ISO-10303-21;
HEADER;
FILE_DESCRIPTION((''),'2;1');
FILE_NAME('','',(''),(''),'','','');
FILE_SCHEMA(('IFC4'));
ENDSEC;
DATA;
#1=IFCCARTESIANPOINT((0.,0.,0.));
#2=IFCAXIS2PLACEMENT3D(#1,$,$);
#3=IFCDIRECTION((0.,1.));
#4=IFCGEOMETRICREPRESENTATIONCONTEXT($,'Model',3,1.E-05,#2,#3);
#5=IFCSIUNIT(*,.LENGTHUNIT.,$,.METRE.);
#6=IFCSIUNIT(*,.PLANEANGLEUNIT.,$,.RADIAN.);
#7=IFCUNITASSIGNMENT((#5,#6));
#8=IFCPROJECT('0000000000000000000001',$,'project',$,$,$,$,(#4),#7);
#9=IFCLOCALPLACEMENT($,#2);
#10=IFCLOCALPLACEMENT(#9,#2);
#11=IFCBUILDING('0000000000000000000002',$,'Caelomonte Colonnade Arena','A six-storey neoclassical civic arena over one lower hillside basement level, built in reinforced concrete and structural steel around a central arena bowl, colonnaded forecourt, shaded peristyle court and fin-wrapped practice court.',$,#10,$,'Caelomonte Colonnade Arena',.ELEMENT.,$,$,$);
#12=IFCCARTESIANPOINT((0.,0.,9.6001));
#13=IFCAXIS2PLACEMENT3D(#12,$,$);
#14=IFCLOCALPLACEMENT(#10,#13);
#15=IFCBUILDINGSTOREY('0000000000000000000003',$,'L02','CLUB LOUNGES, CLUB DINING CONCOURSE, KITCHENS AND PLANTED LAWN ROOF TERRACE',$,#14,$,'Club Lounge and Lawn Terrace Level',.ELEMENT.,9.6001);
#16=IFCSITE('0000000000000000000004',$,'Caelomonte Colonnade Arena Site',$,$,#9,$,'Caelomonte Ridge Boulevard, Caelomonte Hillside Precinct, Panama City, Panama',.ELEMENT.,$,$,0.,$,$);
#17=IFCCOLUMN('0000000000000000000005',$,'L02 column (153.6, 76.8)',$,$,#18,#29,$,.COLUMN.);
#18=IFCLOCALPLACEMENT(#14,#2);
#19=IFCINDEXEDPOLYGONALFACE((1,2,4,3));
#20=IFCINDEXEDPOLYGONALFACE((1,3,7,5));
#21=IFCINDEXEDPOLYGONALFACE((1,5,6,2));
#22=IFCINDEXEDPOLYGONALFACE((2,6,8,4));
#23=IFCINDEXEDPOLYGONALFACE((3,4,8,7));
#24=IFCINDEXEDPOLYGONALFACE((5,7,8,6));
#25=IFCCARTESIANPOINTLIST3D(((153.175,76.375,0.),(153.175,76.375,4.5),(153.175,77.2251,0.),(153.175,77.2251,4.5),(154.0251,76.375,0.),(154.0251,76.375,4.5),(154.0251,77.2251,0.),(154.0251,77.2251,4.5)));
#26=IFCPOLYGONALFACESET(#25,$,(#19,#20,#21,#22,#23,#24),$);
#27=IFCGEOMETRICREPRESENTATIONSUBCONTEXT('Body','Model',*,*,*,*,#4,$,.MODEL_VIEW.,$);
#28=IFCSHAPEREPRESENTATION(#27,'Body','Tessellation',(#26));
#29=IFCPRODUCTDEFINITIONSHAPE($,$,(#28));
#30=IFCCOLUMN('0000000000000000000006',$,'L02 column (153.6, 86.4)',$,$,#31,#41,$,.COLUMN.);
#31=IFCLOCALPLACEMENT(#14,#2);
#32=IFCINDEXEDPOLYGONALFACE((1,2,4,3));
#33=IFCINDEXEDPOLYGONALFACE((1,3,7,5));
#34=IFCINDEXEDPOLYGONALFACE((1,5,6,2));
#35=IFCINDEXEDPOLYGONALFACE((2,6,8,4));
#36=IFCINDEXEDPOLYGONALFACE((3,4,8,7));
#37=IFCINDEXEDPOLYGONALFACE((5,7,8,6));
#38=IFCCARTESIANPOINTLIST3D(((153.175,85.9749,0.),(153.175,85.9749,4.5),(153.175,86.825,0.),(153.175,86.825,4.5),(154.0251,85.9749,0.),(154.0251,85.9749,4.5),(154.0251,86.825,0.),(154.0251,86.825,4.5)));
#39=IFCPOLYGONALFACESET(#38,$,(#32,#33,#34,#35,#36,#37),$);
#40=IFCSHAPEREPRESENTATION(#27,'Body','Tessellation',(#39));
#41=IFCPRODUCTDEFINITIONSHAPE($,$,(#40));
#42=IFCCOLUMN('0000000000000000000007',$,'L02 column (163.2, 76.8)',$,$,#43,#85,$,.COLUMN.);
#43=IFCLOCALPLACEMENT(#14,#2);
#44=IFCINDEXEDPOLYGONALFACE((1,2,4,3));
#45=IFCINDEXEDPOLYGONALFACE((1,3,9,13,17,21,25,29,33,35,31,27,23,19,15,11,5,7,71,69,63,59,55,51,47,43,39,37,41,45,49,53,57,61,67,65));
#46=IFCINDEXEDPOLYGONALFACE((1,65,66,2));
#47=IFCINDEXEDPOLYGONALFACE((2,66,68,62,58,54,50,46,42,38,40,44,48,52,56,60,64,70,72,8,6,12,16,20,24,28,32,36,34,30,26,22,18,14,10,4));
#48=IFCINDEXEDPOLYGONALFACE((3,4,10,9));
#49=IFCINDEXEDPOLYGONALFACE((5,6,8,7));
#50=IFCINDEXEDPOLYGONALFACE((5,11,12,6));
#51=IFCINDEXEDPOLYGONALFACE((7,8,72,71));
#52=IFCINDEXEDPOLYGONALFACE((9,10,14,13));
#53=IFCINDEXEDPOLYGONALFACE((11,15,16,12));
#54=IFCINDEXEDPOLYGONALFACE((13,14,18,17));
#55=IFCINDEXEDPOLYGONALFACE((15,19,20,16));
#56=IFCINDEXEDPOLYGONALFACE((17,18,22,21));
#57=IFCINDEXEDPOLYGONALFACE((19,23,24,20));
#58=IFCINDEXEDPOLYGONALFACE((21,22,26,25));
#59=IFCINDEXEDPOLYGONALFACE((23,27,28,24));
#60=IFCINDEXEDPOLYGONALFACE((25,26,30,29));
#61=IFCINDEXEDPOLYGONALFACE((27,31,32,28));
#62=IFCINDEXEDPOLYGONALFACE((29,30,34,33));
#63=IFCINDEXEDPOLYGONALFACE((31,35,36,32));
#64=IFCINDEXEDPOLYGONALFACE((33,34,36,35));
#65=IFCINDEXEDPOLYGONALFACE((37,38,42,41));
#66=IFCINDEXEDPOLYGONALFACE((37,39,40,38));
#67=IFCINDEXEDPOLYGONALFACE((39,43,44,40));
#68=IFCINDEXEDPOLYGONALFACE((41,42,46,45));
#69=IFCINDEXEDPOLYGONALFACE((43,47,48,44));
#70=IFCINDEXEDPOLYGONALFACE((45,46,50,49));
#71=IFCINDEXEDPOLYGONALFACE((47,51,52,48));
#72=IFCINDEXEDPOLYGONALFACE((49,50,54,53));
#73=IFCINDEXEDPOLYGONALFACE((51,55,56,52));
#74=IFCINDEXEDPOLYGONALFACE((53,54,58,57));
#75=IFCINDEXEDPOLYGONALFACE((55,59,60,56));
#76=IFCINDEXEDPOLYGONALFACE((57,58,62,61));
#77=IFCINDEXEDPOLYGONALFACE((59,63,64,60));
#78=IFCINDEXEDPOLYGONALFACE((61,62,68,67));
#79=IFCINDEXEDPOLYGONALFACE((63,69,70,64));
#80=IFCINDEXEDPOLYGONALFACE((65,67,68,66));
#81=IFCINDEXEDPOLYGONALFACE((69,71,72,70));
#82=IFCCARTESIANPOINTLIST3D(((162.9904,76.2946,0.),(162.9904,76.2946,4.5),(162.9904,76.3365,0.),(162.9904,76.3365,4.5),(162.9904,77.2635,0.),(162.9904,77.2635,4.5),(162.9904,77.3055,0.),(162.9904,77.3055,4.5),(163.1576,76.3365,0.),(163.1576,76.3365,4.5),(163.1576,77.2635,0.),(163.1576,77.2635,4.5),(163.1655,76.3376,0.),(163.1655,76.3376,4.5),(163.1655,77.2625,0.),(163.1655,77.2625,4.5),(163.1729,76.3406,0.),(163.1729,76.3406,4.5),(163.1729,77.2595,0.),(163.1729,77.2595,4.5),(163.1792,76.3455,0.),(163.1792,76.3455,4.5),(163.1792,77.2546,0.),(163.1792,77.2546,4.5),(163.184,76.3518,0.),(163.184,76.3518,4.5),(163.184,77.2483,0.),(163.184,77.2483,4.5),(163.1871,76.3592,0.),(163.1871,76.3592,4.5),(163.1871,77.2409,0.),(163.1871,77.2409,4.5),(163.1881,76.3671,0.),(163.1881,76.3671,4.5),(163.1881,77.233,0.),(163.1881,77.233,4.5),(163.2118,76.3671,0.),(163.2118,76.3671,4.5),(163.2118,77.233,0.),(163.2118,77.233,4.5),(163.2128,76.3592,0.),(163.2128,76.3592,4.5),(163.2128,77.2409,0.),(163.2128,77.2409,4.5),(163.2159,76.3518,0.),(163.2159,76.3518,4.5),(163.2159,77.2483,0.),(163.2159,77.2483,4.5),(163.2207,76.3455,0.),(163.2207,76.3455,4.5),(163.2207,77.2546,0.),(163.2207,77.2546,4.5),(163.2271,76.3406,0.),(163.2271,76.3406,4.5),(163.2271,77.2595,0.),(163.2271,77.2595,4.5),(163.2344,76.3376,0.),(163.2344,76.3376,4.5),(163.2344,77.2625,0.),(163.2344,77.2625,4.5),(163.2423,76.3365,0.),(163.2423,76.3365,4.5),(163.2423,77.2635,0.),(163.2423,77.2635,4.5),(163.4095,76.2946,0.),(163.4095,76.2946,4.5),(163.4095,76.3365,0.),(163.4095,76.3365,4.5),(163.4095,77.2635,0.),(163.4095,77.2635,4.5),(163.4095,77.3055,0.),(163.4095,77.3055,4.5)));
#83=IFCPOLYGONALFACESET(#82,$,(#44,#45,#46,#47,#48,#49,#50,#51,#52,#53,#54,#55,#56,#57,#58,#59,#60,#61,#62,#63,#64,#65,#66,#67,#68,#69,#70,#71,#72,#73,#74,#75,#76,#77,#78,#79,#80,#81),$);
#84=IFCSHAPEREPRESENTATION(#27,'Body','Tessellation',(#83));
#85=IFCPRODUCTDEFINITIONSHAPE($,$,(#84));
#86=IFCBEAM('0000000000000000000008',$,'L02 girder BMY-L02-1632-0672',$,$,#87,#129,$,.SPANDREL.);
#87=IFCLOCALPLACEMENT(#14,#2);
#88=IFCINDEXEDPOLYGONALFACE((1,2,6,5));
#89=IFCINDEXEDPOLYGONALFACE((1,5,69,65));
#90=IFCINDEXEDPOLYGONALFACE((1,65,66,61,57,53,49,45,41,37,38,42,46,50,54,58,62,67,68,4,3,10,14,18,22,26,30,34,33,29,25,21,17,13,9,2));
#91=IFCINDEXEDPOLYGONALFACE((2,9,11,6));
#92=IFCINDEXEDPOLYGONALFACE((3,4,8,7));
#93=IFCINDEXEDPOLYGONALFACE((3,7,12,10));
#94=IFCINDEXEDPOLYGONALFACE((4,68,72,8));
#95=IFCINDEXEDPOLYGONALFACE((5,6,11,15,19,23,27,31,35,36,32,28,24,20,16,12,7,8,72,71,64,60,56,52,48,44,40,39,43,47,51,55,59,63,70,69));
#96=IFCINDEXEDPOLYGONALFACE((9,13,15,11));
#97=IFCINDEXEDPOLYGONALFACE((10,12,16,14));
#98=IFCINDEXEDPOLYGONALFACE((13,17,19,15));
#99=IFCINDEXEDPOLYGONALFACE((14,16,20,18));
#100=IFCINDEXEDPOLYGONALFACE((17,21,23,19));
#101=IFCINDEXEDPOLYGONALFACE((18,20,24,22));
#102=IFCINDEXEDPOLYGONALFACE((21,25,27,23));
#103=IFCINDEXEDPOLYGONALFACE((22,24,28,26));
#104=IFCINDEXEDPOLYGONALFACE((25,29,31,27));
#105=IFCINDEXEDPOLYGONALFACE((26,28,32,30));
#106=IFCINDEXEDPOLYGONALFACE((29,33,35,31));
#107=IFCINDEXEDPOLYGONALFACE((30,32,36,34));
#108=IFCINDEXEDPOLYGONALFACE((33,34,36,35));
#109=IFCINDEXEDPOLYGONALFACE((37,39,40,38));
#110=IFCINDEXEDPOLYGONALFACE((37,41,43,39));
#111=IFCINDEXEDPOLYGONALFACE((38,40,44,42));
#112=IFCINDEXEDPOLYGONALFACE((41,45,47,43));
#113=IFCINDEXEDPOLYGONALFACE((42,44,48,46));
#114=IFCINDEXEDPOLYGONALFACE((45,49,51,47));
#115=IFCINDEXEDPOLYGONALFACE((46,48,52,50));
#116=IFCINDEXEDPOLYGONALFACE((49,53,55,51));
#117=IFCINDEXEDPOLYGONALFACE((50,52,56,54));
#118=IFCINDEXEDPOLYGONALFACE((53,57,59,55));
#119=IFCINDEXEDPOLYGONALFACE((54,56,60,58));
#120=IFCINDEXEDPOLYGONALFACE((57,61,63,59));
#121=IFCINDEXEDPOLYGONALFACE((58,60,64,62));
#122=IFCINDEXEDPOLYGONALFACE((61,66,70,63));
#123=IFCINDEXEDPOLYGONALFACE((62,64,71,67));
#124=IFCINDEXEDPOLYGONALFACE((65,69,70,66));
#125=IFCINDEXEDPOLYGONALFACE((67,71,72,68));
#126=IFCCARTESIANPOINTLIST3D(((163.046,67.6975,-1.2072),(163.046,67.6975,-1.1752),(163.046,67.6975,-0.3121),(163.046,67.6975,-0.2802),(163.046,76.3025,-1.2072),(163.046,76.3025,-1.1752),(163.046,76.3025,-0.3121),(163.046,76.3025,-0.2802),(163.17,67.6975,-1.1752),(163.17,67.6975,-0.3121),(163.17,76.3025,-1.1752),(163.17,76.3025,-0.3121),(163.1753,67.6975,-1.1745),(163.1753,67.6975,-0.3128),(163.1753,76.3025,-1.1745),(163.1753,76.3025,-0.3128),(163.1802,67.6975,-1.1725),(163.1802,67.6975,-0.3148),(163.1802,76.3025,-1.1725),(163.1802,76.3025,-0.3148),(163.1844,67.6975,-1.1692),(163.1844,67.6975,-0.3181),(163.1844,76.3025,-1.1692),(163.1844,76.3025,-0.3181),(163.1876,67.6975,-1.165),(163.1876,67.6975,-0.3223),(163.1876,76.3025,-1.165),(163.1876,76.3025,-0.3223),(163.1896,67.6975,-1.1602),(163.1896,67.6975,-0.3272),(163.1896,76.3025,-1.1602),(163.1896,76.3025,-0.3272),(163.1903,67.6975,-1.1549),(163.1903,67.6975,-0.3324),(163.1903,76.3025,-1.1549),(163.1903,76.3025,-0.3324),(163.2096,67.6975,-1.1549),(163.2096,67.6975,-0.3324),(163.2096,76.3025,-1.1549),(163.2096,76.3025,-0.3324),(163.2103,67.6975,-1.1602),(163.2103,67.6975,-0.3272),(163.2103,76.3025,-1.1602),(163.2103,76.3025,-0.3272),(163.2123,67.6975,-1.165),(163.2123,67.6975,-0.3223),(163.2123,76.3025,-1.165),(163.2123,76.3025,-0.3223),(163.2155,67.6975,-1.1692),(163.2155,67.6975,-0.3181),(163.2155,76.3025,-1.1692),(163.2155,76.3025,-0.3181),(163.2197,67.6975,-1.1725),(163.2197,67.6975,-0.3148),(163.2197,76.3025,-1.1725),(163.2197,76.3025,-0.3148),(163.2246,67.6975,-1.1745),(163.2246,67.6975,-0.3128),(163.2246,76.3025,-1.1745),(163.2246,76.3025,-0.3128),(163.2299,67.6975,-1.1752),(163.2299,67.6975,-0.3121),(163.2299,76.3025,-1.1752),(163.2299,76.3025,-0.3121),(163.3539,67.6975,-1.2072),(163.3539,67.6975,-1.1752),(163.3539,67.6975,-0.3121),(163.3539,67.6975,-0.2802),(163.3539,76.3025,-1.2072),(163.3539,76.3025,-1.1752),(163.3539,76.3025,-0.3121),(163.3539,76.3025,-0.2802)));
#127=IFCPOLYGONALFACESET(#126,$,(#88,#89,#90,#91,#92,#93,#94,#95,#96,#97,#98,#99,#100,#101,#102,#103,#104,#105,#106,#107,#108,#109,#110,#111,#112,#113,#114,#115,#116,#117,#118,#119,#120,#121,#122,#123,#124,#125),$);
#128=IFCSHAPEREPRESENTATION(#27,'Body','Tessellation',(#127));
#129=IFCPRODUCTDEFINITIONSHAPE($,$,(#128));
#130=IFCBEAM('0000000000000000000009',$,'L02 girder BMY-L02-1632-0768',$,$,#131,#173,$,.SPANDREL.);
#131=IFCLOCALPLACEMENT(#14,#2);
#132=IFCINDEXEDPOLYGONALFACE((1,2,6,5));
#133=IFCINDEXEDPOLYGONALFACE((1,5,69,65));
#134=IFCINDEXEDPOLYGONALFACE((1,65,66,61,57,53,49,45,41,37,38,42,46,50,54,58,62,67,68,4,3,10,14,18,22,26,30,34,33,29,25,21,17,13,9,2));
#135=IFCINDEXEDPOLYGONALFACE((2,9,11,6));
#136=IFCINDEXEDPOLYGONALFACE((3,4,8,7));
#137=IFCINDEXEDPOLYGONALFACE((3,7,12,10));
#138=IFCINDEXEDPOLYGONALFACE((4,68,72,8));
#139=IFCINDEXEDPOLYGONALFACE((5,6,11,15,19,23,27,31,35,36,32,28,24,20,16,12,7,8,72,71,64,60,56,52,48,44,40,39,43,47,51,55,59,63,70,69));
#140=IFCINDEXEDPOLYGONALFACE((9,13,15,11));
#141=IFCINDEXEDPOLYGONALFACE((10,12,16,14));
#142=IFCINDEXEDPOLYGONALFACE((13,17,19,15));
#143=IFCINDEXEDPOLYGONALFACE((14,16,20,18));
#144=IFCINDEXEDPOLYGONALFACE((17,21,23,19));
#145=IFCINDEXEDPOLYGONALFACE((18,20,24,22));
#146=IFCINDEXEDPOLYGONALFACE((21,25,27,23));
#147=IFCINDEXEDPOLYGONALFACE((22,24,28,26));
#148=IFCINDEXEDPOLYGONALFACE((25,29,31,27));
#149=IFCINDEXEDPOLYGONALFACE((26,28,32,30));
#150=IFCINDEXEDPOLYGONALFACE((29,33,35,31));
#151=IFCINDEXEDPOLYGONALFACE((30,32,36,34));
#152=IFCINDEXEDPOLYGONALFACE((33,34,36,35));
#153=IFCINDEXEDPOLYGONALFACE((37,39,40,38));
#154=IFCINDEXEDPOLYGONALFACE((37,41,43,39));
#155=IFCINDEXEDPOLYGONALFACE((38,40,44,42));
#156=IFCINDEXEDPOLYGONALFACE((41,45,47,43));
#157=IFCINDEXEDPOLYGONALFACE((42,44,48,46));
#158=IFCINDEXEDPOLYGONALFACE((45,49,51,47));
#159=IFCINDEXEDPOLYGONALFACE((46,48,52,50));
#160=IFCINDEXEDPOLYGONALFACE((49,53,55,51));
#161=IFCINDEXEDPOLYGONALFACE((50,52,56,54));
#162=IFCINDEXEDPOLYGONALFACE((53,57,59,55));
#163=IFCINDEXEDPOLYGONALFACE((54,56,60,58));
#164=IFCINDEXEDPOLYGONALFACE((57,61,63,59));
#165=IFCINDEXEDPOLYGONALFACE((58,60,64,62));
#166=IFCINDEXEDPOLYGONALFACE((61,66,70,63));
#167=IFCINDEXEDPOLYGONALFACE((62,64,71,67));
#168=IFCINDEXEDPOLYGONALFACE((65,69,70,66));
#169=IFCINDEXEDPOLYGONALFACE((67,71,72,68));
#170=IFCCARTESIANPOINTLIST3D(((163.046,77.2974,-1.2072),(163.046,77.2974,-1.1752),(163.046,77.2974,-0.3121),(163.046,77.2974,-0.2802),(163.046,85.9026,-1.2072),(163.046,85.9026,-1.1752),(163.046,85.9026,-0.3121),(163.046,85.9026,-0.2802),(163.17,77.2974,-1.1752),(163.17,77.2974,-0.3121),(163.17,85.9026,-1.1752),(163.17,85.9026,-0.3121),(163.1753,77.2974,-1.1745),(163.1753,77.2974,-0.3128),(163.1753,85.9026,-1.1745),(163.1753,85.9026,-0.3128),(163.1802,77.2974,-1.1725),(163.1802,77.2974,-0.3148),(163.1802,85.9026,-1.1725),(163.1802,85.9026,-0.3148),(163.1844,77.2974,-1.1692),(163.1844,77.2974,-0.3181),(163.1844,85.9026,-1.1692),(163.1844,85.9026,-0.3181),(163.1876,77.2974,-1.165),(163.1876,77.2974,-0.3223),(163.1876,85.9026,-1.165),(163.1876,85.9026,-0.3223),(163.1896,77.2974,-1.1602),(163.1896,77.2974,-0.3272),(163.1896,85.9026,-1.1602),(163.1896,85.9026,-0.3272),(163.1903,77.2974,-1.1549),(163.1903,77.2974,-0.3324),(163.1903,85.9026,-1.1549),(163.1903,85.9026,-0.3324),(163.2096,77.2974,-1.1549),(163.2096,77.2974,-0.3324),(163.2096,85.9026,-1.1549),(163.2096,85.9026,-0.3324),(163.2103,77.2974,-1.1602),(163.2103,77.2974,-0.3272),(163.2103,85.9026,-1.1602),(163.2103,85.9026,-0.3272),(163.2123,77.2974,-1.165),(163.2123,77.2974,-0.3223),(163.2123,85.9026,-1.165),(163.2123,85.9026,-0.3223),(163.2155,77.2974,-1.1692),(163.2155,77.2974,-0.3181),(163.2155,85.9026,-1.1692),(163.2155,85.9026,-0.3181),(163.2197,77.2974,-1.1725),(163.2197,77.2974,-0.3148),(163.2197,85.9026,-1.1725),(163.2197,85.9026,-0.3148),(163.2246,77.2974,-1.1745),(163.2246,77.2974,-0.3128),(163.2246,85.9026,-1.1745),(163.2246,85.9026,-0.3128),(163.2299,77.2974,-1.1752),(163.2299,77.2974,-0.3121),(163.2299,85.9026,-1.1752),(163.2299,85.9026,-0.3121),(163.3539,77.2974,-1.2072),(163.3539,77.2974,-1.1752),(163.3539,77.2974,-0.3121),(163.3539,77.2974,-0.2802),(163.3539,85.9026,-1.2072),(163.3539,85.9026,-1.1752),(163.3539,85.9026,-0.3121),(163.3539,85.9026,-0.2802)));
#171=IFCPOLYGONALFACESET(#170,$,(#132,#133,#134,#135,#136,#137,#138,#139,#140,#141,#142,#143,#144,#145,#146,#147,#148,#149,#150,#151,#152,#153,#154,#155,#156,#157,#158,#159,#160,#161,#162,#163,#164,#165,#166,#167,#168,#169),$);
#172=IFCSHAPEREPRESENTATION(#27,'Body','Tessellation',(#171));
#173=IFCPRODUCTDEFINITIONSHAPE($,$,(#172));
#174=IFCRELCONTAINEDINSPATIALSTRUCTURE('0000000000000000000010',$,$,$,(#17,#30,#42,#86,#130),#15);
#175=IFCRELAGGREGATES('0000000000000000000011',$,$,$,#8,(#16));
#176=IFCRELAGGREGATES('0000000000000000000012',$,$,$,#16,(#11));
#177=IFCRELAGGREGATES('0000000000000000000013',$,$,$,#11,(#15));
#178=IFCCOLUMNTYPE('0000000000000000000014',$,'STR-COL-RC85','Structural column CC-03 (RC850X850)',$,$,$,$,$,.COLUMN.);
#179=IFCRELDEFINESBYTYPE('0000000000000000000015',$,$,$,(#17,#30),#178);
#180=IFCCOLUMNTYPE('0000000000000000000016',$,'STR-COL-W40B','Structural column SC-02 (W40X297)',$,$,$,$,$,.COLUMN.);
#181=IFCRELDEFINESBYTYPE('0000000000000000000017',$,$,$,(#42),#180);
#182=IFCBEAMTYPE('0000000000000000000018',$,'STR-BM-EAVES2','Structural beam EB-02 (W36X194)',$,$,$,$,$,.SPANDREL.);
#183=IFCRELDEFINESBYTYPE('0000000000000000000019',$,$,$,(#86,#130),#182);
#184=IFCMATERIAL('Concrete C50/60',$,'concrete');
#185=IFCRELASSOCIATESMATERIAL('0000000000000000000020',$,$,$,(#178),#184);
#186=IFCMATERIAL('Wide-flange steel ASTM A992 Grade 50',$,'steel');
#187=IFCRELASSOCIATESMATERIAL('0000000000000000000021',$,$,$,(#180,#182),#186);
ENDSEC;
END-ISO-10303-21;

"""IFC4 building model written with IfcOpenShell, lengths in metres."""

from ifc_helpers import new_model, si_unit, direction, frame, origin, origin_2d, place, context, subcontext, project, spatial, rectangle, i_section, extrude, material, material_profile, profile_set, type_object, element, save


model = new_model("IFC4")

# Units and contexts
model_context = context("Model", 3, precision=1e-05, world=origin(), true_north=direction((0.0, 1.0)))
body_context = subcontext(model_context, "Body", "Model", "MODEL_VIEW")
ifc_project = project(units=[si_unit("LENGTHUNIT", "METRE"), si_unit("PLANEANGLEUNIT", "RADIAN")], contexts=[model_context])

# Site, building, storey
site_placement = place(None, origin())
site = spatial("IfcSite", under=ifc_project, at=site_placement, Name="Caelomonte Colonnade Arena Site", LongName="Caelomonte Ridge Boulevard, Caelomonte Hillside Precinct, Panama City, Panama", CompositionType="ELEMENT", RefElevation=0.0)
building_placement = place(site_placement, origin())
building = spatial("IfcBuilding", under=site, at=building_placement, Name="Caelomonte Colonnade Arena", Description="A six-storey neoclassical civic arena over one lower hillside basement level, built in reinforced concrete and structural steel around a central arena bowl, colonnaded forecourt, shaded peristyle court and fin-wrapped practice court.", LongName="Caelomonte Colonnade Arena", CompositionType="ELEMENT")
storey_placement = place(building_placement, frame((0.0, 0.0, 9.6001)))
storey = spatial("IfcBuildingStorey", under=building, at=storey_placement, Name="L02", Description="CLUB LOUNGES, CLUB DINING CONCOURSE, KITCHENS AND PLANTED LAWN ROOF TERRACE", LongName="Club Lounge and Lawn Terrace Level", CompositionType="ELEMENT", Elevation=9.6001)

# Columns
ifc_material_1 = material(Name="Concrete C50/60", Category="concrete")
ifc_material_profile_1 = material_profile(ifc_material_1, rectangle(XDim=0.8501, YDim=0.8501, at=origin_2d()), Name="RC850X850")
ifc_profile_set_1 = profile_set([ifc_material_profile_1], Name="Concrete C50/60")
column_type_1 = type_object("IfcColumnType", Name="STR-COL-RC85", Description="Structural column CC-03 (RC850X850)", PredefinedType="COLUMN", material=ifc_profile_set_1)
for number, where, z_axis, x_axis, name in (
    (1, (153.6001, 76.8, 0.0), (0.0, 0.0, 1.0), (1.0, 0.0, 0.0), "L02 column (153.6, 76.8)"),
    (2, (153.6001, 86.3999, 0.0), (0.0, 0.0, 1.0), (1.0, 0.0, 0.0), "L02 column (153.6, 86.4)"),
):
    element("IfcColumn", number, at=place(storey_placement, frame(where, z_axis=z_axis, x_axis=x_axis)), inside=storey, type_object=column_type_1, Name=name, PredefinedType="COLUMN", context=body_context, shape_type="SweptSolid", body=[
        extrude(rectangle(XDim=0.8501, YDim=0.8501, at=origin_2d()), origin(), (0.0, 0.0, 1.0), 4.5),
    ])
ifc_material_2 = material(Name="Wide-flange steel ASTM A992 Grade 50", Category="steel")
ifc_material_profile_2 = material_profile(ifc_material_2, i_section(OverallWidth=0.4192, OverallDepth=1.011, WebThickness=0.0237, FlangeThickness=0.042, FilletRadius=0.0305, at=origin_2d()), Name="W40X297")
ifc_profile_set_2 = profile_set([ifc_material_profile_2], Name="Wide-flange steel ASTM A992 Grade 50")
column_type_2 = type_object("IfcColumnType", Name="STR-COL-W40B", Description="Structural column SC-02 (W40X297)", PredefinedType="COLUMN", material=ifc_profile_set_2)
column_placement = place(storey_placement, frame((163.2, 76.8, 0.0), z_axis=(0.0, 0.0, 1.0), x_axis=(1.0, 0.0, 0.0)))
element("IfcColumn", 3, at=column_placement, inside=storey, type_object=column_type_2, Name="L02 column (163.2, 76.8)", PredefinedType="COLUMN", context=body_context, shape_type="SweptSolid", body=[
    extrude(i_section(OverallWidth=0.4192, OverallDepth=1.011, WebThickness=0.0237, FlangeThickness=0.042, FilletRadius=0.0305, at=origin_2d()), origin(), (0.0, 0.0, 1.0), 4.5),
])

# Beams
ifc_material_profile_3 = material_profile(ifc_material_2, i_section(OverallWidth=0.3079, OverallDepth=0.927, WebThickness=0.0193, FlangeThickness=0.032, FilletRadius=0.0203, at=origin_2d()), Name="W36X194")
ifc_profile_set_3 = profile_set([ifc_material_profile_3], Name="Wide-flange steel ASTM A992 Grade 50")
beam_type_1 = type_object("IfcBeamType", Name="STR-BM-EAVES2", Description="Structural beam EB-02 (W36X194)", PredefinedType="SPANDREL", material=ifc_profile_set_3)
beam_1_placement = place(storey_placement, frame((163.2, 67.6975, -0.7437), z_axis=(0.0, 1.0, 0.0), x_axis=(-1.0, 0.0, 0.0)))
element("IfcBeam", 4, at=beam_1_placement, inside=storey, type_object=beam_type_1, Name="L02 girder BMY-L02-1632-0672", PredefinedType="SPANDREL", context=body_context, shape_type="SweptSolid", body=[
    extrude(i_section(OverallWidth=0.3079, OverallDepth=0.927, WebThickness=0.0193, FlangeThickness=0.032, FilletRadius=0.0203, at=origin_2d()), origin(), (0.0, 0.0, 1.0), 8.605),
])
beam_2_placement = place(storey_placement, frame((163.2, 77.2974, -0.7437), z_axis=(0.0, 1.0, 0.0), x_axis=(-1.0, 0.0, 0.0)))
element("IfcBeam", 5, at=beam_2_placement, inside=storey, type_object=beam_type_1, Name="L02 girder BMY-L02-1632-0768", PredefinedType="SPANDREL", context=body_context, shape_type="SweptSolid", body=[
    extrude(i_section(OverallWidth=0.3079, OverallDepth=0.927, WebThickness=0.0193, FlangeThickness=0.032, FilletRadius=0.0203, at=origin_2d()), origin(), (0.0, 0.0, 1.0), 8.6052),
])

save(model, "model.ifc")
